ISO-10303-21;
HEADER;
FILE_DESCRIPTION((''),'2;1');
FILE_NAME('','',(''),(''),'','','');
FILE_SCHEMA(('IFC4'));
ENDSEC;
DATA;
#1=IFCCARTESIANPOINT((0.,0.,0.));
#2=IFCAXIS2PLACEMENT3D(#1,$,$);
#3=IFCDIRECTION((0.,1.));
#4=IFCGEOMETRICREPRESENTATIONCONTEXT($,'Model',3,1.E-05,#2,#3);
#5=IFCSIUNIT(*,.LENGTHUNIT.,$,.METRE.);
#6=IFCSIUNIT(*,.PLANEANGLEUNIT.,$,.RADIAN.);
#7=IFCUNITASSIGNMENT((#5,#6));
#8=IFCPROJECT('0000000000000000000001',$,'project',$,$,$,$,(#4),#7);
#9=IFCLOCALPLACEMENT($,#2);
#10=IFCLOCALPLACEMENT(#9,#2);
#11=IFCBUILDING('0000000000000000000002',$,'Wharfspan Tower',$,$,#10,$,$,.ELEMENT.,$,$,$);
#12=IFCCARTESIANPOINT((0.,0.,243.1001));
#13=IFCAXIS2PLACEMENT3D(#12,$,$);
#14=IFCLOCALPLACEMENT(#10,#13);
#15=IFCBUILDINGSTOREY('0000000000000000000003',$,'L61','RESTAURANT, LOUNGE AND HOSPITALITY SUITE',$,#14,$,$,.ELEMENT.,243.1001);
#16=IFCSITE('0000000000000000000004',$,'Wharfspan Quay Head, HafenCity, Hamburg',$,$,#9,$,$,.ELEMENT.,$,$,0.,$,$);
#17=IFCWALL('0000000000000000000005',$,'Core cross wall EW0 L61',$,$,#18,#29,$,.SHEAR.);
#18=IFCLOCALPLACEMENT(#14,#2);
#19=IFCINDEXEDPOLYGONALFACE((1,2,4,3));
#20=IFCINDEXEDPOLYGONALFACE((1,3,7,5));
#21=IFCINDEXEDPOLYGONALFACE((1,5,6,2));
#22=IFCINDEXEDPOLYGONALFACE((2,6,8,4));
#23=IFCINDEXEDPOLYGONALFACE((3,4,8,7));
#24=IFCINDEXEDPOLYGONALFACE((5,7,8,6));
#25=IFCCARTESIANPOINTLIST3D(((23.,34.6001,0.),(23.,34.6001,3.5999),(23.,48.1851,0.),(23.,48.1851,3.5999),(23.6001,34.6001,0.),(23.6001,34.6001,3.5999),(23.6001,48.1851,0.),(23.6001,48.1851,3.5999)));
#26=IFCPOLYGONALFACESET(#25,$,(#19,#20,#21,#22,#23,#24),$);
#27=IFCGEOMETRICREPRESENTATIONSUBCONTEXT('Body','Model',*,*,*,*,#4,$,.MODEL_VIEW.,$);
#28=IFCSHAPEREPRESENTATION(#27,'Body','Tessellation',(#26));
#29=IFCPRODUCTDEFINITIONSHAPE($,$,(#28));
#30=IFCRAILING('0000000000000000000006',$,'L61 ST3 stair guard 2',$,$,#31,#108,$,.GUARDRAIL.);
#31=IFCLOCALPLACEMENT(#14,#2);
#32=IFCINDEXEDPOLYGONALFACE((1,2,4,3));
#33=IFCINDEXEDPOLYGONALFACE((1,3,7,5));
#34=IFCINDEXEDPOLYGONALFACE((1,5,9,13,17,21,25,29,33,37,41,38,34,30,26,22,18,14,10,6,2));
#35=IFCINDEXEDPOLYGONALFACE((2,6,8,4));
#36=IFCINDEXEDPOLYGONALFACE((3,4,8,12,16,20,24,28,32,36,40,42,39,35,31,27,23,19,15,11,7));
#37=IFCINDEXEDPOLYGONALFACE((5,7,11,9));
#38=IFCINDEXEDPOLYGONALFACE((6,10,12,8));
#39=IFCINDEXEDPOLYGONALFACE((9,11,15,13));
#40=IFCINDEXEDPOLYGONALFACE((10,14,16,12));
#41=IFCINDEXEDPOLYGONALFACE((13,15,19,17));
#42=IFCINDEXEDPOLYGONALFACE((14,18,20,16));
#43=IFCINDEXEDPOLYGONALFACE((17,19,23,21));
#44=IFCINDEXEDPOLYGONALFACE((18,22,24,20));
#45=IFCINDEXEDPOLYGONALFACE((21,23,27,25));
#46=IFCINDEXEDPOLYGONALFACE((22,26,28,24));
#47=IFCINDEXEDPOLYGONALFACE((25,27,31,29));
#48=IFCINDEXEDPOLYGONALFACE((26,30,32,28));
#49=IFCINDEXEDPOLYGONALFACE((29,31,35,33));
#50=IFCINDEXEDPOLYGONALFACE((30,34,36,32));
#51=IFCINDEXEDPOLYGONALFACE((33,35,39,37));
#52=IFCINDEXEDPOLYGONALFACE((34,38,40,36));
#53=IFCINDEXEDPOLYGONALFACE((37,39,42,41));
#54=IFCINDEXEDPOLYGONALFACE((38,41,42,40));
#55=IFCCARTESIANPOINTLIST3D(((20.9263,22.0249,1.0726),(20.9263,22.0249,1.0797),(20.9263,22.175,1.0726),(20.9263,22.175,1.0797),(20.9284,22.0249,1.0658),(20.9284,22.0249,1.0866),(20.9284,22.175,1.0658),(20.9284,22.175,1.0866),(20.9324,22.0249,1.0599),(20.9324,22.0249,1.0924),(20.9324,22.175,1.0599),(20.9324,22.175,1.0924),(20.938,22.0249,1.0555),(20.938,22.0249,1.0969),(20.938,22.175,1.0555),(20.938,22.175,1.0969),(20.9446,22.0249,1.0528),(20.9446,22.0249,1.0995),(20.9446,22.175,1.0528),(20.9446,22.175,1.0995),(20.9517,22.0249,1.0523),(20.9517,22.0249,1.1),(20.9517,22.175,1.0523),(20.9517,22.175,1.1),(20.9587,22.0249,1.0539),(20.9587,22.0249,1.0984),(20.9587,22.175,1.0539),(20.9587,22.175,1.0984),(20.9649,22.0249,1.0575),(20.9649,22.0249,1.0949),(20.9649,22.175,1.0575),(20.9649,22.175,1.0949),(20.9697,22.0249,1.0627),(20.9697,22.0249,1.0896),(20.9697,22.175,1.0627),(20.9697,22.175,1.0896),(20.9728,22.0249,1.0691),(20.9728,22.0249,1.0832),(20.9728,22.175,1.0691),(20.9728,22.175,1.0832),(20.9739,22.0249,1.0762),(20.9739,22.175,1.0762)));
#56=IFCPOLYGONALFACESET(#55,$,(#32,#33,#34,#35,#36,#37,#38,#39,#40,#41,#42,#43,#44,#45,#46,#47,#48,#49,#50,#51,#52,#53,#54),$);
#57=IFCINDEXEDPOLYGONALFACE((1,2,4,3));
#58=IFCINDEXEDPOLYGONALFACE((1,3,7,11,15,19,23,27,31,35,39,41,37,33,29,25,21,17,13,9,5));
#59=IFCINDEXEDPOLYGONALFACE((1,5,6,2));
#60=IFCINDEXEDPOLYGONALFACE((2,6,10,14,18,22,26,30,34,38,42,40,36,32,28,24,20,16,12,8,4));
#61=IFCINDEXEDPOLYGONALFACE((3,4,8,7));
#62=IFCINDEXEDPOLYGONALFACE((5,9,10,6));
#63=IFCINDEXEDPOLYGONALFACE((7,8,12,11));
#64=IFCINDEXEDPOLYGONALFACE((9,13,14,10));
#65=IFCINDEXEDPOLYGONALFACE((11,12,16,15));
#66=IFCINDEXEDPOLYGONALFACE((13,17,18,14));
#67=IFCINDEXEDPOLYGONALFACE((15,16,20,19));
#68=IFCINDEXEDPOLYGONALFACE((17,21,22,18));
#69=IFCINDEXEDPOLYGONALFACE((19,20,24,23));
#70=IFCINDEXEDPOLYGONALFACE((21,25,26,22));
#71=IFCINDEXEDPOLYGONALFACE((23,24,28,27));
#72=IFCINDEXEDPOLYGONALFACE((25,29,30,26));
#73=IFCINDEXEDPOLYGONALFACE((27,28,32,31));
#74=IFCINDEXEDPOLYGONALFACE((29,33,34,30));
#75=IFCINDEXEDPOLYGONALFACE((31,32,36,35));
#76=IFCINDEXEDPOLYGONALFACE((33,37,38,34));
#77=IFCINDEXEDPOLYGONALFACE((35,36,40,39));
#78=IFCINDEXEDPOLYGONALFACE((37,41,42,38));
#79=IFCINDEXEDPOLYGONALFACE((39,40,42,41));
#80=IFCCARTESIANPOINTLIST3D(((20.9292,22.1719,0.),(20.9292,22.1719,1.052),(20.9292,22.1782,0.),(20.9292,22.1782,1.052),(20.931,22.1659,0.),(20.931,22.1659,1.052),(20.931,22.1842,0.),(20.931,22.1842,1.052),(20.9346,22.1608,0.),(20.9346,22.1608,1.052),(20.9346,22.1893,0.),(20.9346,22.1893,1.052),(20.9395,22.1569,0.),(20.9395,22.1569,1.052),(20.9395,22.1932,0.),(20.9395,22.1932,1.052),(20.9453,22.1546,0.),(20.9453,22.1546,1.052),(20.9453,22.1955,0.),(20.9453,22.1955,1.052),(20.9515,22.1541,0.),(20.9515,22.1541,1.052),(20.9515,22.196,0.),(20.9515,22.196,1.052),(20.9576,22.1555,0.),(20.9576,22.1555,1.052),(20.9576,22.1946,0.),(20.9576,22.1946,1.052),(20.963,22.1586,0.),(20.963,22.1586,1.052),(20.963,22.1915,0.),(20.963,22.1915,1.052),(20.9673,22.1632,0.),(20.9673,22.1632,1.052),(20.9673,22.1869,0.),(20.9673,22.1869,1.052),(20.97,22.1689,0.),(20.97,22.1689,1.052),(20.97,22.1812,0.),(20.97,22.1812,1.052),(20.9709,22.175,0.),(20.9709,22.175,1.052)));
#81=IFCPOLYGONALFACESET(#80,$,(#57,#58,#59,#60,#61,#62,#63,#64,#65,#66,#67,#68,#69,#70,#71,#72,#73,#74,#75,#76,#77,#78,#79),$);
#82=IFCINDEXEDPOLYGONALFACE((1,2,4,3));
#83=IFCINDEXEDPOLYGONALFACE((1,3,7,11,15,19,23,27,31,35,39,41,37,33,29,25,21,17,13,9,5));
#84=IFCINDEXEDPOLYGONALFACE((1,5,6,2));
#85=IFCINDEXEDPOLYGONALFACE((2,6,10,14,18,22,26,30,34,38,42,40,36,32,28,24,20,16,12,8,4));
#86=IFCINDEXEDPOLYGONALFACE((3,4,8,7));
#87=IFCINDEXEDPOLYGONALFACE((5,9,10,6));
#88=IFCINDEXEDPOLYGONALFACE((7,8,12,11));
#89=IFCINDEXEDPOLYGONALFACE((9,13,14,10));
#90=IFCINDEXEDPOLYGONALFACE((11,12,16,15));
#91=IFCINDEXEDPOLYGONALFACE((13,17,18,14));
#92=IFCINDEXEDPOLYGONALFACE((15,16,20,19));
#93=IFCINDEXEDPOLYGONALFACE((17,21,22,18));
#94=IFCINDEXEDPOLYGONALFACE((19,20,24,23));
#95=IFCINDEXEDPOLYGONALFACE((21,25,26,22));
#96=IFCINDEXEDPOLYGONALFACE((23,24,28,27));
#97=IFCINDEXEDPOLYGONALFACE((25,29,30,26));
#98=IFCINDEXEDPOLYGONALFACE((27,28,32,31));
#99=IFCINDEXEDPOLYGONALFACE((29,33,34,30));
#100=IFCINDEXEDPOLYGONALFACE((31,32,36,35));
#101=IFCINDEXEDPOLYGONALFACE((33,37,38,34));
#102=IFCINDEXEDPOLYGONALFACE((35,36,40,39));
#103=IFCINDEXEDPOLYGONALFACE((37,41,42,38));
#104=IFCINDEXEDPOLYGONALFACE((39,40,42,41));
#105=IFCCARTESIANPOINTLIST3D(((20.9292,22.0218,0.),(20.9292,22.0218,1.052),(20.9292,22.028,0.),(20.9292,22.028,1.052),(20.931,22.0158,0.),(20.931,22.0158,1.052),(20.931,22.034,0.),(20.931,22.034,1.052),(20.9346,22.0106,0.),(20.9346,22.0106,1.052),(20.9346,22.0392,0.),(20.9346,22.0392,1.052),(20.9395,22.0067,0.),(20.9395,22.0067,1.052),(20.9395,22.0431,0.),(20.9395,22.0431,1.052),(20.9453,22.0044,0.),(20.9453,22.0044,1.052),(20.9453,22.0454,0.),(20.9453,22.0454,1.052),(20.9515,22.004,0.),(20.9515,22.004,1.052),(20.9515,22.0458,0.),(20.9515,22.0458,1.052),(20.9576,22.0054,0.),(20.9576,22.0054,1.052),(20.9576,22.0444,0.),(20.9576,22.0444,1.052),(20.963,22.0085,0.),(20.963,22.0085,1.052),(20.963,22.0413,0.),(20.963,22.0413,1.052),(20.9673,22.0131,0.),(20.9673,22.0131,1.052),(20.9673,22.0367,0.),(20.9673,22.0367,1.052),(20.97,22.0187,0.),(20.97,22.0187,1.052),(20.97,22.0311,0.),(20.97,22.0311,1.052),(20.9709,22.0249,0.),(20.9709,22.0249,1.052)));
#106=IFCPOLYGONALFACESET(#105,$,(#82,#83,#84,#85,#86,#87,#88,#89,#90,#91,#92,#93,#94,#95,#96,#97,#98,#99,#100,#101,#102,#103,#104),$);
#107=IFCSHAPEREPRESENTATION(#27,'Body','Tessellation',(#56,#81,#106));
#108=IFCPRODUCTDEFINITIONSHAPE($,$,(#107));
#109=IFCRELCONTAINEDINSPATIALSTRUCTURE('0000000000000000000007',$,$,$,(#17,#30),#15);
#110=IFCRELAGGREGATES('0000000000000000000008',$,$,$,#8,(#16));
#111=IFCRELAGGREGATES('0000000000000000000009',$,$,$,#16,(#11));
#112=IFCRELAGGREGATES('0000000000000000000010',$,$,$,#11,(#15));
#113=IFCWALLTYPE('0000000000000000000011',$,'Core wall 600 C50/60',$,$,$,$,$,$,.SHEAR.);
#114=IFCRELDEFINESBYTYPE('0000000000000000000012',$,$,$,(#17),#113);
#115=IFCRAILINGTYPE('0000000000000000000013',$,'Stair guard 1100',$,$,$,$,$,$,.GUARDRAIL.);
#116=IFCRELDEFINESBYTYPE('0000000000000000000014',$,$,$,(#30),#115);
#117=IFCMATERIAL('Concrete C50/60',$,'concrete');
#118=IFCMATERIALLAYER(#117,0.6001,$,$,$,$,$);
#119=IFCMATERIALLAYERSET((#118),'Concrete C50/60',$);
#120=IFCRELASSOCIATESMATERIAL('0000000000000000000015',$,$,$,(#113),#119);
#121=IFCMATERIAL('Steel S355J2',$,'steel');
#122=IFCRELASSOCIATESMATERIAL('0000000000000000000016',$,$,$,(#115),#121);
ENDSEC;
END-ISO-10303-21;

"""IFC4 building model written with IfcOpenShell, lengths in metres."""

from ifc_helpers import new_model, si_unit, direction, frame, frame_2d, origin, origin_2d, place, context, subcontext, project, spatial, rectangle, circle, extrude, material, layer, layer_set, type_object, element, save


model = new_model("IFC4")

# Units and contexts
model_context = context("Model", 3, precision=1e-05, world=origin(), true_north=direction((0.0, 1.0)))
body_context = subcontext(model_context, "Body", "Model", "MODEL_VIEW")
ifc_project = project(units=[si_unit("LENGTHUNIT", "METRE"), si_unit("PLANEANGLEUNIT", "RADIAN")], contexts=[model_context])

# Site, building, storey
site_placement = place(None, origin())
site = spatial("IfcSite", under=ifc_project, at=site_placement, Name="Wharfspan Quay Head, HafenCity, Hamburg", CompositionType="ELEMENT", RefElevation=0.0)
building_placement = place(site_placement, origin())
building = spatial("IfcBuilding", under=site, at=building_placement, Name="Wharfspan Tower", CompositionType="ELEMENT")
storey_placement = place(building_placement, frame((0.0, 0.0, 243.1001)))
storey = spatial("IfcBuildingStorey", under=building, at=storey_placement, Name="L61", Description="RESTAURANT, LOUNGE AND HOSPITALITY SUITE", CompositionType="ELEMENT", Elevation=243.1001)

# Shared definitions
ifc_material_1 = material(Name="Steel S355J2", Category="steel")

# Shared definitions
ifc_material_2 = material(Name="Concrete C50/60", Category="concrete")
ifc_layer_1 = layer(ifc_material_2, 0.6001)
ifc_layer_set_1 = layer_set([ifc_layer_1], Name="Concrete C50/60")
wall_type_1 = type_object("IfcWallType", Name="Core wall 600 C50/60", PredefinedType="SHEAR", material=ifc_layer_set_1)

# Wall
wall_1_placement = place(storey_placement, frame((23.3, 34.6001, 0.0), z_axis=(0.0, 0.0, 1.0), x_axis=(0.0, 1.0, 0.0)))
element("IfcWall", 1, at=wall_1_placement, inside=storey, type_object=wall_type_1, Name="Core cross wall EW0 L61", PredefinedType="SHEAR", context=body_context, shape_type="SweptSolid", body=[
    extrude(rectangle(XDim=13.585, YDim=0.6001, at=frame_2d((6.7925, 0.0))), origin(), (0.0, 0.0, 1.0), 3.5999),
])

# Railing
railing_type = type_object("IfcRailingType", Name="Stair guard 1100", PredefinedType="GUARDRAIL", material=ifc_material_1)
railing_placement = place(storey_placement, frame((20.95, 22.175, 0.0)))
element("IfcRailing", 2, at=railing_placement, inside=storey, type_object=railing_type, Name="L61 ST3 stair guard 2", PredefinedType="GUARDRAIL", context=body_context, shape_type="SweptSolid", body=[
    extrude(circle(Radius=0.0239, at=origin_2d()), frame((0.0, 0.0, 1.0762), z_axis=(0.0, -1.0, 0.0), x_axis=(1.0, 0.0, 0.0)), (0.0, 0.0, 1.0), 0.1501),
    extrude(circle(Radius=0.021, at=origin_2d()), origin(), (0.0, 0.0, 1.0), 1.052),
    extrude(circle(Radius=0.021, at=origin_2d()), frame((0.0, -0.1501, 0.0)), (0.0, 0.0, 1.0), 1.052),
])

save(model, "model.ifc")
